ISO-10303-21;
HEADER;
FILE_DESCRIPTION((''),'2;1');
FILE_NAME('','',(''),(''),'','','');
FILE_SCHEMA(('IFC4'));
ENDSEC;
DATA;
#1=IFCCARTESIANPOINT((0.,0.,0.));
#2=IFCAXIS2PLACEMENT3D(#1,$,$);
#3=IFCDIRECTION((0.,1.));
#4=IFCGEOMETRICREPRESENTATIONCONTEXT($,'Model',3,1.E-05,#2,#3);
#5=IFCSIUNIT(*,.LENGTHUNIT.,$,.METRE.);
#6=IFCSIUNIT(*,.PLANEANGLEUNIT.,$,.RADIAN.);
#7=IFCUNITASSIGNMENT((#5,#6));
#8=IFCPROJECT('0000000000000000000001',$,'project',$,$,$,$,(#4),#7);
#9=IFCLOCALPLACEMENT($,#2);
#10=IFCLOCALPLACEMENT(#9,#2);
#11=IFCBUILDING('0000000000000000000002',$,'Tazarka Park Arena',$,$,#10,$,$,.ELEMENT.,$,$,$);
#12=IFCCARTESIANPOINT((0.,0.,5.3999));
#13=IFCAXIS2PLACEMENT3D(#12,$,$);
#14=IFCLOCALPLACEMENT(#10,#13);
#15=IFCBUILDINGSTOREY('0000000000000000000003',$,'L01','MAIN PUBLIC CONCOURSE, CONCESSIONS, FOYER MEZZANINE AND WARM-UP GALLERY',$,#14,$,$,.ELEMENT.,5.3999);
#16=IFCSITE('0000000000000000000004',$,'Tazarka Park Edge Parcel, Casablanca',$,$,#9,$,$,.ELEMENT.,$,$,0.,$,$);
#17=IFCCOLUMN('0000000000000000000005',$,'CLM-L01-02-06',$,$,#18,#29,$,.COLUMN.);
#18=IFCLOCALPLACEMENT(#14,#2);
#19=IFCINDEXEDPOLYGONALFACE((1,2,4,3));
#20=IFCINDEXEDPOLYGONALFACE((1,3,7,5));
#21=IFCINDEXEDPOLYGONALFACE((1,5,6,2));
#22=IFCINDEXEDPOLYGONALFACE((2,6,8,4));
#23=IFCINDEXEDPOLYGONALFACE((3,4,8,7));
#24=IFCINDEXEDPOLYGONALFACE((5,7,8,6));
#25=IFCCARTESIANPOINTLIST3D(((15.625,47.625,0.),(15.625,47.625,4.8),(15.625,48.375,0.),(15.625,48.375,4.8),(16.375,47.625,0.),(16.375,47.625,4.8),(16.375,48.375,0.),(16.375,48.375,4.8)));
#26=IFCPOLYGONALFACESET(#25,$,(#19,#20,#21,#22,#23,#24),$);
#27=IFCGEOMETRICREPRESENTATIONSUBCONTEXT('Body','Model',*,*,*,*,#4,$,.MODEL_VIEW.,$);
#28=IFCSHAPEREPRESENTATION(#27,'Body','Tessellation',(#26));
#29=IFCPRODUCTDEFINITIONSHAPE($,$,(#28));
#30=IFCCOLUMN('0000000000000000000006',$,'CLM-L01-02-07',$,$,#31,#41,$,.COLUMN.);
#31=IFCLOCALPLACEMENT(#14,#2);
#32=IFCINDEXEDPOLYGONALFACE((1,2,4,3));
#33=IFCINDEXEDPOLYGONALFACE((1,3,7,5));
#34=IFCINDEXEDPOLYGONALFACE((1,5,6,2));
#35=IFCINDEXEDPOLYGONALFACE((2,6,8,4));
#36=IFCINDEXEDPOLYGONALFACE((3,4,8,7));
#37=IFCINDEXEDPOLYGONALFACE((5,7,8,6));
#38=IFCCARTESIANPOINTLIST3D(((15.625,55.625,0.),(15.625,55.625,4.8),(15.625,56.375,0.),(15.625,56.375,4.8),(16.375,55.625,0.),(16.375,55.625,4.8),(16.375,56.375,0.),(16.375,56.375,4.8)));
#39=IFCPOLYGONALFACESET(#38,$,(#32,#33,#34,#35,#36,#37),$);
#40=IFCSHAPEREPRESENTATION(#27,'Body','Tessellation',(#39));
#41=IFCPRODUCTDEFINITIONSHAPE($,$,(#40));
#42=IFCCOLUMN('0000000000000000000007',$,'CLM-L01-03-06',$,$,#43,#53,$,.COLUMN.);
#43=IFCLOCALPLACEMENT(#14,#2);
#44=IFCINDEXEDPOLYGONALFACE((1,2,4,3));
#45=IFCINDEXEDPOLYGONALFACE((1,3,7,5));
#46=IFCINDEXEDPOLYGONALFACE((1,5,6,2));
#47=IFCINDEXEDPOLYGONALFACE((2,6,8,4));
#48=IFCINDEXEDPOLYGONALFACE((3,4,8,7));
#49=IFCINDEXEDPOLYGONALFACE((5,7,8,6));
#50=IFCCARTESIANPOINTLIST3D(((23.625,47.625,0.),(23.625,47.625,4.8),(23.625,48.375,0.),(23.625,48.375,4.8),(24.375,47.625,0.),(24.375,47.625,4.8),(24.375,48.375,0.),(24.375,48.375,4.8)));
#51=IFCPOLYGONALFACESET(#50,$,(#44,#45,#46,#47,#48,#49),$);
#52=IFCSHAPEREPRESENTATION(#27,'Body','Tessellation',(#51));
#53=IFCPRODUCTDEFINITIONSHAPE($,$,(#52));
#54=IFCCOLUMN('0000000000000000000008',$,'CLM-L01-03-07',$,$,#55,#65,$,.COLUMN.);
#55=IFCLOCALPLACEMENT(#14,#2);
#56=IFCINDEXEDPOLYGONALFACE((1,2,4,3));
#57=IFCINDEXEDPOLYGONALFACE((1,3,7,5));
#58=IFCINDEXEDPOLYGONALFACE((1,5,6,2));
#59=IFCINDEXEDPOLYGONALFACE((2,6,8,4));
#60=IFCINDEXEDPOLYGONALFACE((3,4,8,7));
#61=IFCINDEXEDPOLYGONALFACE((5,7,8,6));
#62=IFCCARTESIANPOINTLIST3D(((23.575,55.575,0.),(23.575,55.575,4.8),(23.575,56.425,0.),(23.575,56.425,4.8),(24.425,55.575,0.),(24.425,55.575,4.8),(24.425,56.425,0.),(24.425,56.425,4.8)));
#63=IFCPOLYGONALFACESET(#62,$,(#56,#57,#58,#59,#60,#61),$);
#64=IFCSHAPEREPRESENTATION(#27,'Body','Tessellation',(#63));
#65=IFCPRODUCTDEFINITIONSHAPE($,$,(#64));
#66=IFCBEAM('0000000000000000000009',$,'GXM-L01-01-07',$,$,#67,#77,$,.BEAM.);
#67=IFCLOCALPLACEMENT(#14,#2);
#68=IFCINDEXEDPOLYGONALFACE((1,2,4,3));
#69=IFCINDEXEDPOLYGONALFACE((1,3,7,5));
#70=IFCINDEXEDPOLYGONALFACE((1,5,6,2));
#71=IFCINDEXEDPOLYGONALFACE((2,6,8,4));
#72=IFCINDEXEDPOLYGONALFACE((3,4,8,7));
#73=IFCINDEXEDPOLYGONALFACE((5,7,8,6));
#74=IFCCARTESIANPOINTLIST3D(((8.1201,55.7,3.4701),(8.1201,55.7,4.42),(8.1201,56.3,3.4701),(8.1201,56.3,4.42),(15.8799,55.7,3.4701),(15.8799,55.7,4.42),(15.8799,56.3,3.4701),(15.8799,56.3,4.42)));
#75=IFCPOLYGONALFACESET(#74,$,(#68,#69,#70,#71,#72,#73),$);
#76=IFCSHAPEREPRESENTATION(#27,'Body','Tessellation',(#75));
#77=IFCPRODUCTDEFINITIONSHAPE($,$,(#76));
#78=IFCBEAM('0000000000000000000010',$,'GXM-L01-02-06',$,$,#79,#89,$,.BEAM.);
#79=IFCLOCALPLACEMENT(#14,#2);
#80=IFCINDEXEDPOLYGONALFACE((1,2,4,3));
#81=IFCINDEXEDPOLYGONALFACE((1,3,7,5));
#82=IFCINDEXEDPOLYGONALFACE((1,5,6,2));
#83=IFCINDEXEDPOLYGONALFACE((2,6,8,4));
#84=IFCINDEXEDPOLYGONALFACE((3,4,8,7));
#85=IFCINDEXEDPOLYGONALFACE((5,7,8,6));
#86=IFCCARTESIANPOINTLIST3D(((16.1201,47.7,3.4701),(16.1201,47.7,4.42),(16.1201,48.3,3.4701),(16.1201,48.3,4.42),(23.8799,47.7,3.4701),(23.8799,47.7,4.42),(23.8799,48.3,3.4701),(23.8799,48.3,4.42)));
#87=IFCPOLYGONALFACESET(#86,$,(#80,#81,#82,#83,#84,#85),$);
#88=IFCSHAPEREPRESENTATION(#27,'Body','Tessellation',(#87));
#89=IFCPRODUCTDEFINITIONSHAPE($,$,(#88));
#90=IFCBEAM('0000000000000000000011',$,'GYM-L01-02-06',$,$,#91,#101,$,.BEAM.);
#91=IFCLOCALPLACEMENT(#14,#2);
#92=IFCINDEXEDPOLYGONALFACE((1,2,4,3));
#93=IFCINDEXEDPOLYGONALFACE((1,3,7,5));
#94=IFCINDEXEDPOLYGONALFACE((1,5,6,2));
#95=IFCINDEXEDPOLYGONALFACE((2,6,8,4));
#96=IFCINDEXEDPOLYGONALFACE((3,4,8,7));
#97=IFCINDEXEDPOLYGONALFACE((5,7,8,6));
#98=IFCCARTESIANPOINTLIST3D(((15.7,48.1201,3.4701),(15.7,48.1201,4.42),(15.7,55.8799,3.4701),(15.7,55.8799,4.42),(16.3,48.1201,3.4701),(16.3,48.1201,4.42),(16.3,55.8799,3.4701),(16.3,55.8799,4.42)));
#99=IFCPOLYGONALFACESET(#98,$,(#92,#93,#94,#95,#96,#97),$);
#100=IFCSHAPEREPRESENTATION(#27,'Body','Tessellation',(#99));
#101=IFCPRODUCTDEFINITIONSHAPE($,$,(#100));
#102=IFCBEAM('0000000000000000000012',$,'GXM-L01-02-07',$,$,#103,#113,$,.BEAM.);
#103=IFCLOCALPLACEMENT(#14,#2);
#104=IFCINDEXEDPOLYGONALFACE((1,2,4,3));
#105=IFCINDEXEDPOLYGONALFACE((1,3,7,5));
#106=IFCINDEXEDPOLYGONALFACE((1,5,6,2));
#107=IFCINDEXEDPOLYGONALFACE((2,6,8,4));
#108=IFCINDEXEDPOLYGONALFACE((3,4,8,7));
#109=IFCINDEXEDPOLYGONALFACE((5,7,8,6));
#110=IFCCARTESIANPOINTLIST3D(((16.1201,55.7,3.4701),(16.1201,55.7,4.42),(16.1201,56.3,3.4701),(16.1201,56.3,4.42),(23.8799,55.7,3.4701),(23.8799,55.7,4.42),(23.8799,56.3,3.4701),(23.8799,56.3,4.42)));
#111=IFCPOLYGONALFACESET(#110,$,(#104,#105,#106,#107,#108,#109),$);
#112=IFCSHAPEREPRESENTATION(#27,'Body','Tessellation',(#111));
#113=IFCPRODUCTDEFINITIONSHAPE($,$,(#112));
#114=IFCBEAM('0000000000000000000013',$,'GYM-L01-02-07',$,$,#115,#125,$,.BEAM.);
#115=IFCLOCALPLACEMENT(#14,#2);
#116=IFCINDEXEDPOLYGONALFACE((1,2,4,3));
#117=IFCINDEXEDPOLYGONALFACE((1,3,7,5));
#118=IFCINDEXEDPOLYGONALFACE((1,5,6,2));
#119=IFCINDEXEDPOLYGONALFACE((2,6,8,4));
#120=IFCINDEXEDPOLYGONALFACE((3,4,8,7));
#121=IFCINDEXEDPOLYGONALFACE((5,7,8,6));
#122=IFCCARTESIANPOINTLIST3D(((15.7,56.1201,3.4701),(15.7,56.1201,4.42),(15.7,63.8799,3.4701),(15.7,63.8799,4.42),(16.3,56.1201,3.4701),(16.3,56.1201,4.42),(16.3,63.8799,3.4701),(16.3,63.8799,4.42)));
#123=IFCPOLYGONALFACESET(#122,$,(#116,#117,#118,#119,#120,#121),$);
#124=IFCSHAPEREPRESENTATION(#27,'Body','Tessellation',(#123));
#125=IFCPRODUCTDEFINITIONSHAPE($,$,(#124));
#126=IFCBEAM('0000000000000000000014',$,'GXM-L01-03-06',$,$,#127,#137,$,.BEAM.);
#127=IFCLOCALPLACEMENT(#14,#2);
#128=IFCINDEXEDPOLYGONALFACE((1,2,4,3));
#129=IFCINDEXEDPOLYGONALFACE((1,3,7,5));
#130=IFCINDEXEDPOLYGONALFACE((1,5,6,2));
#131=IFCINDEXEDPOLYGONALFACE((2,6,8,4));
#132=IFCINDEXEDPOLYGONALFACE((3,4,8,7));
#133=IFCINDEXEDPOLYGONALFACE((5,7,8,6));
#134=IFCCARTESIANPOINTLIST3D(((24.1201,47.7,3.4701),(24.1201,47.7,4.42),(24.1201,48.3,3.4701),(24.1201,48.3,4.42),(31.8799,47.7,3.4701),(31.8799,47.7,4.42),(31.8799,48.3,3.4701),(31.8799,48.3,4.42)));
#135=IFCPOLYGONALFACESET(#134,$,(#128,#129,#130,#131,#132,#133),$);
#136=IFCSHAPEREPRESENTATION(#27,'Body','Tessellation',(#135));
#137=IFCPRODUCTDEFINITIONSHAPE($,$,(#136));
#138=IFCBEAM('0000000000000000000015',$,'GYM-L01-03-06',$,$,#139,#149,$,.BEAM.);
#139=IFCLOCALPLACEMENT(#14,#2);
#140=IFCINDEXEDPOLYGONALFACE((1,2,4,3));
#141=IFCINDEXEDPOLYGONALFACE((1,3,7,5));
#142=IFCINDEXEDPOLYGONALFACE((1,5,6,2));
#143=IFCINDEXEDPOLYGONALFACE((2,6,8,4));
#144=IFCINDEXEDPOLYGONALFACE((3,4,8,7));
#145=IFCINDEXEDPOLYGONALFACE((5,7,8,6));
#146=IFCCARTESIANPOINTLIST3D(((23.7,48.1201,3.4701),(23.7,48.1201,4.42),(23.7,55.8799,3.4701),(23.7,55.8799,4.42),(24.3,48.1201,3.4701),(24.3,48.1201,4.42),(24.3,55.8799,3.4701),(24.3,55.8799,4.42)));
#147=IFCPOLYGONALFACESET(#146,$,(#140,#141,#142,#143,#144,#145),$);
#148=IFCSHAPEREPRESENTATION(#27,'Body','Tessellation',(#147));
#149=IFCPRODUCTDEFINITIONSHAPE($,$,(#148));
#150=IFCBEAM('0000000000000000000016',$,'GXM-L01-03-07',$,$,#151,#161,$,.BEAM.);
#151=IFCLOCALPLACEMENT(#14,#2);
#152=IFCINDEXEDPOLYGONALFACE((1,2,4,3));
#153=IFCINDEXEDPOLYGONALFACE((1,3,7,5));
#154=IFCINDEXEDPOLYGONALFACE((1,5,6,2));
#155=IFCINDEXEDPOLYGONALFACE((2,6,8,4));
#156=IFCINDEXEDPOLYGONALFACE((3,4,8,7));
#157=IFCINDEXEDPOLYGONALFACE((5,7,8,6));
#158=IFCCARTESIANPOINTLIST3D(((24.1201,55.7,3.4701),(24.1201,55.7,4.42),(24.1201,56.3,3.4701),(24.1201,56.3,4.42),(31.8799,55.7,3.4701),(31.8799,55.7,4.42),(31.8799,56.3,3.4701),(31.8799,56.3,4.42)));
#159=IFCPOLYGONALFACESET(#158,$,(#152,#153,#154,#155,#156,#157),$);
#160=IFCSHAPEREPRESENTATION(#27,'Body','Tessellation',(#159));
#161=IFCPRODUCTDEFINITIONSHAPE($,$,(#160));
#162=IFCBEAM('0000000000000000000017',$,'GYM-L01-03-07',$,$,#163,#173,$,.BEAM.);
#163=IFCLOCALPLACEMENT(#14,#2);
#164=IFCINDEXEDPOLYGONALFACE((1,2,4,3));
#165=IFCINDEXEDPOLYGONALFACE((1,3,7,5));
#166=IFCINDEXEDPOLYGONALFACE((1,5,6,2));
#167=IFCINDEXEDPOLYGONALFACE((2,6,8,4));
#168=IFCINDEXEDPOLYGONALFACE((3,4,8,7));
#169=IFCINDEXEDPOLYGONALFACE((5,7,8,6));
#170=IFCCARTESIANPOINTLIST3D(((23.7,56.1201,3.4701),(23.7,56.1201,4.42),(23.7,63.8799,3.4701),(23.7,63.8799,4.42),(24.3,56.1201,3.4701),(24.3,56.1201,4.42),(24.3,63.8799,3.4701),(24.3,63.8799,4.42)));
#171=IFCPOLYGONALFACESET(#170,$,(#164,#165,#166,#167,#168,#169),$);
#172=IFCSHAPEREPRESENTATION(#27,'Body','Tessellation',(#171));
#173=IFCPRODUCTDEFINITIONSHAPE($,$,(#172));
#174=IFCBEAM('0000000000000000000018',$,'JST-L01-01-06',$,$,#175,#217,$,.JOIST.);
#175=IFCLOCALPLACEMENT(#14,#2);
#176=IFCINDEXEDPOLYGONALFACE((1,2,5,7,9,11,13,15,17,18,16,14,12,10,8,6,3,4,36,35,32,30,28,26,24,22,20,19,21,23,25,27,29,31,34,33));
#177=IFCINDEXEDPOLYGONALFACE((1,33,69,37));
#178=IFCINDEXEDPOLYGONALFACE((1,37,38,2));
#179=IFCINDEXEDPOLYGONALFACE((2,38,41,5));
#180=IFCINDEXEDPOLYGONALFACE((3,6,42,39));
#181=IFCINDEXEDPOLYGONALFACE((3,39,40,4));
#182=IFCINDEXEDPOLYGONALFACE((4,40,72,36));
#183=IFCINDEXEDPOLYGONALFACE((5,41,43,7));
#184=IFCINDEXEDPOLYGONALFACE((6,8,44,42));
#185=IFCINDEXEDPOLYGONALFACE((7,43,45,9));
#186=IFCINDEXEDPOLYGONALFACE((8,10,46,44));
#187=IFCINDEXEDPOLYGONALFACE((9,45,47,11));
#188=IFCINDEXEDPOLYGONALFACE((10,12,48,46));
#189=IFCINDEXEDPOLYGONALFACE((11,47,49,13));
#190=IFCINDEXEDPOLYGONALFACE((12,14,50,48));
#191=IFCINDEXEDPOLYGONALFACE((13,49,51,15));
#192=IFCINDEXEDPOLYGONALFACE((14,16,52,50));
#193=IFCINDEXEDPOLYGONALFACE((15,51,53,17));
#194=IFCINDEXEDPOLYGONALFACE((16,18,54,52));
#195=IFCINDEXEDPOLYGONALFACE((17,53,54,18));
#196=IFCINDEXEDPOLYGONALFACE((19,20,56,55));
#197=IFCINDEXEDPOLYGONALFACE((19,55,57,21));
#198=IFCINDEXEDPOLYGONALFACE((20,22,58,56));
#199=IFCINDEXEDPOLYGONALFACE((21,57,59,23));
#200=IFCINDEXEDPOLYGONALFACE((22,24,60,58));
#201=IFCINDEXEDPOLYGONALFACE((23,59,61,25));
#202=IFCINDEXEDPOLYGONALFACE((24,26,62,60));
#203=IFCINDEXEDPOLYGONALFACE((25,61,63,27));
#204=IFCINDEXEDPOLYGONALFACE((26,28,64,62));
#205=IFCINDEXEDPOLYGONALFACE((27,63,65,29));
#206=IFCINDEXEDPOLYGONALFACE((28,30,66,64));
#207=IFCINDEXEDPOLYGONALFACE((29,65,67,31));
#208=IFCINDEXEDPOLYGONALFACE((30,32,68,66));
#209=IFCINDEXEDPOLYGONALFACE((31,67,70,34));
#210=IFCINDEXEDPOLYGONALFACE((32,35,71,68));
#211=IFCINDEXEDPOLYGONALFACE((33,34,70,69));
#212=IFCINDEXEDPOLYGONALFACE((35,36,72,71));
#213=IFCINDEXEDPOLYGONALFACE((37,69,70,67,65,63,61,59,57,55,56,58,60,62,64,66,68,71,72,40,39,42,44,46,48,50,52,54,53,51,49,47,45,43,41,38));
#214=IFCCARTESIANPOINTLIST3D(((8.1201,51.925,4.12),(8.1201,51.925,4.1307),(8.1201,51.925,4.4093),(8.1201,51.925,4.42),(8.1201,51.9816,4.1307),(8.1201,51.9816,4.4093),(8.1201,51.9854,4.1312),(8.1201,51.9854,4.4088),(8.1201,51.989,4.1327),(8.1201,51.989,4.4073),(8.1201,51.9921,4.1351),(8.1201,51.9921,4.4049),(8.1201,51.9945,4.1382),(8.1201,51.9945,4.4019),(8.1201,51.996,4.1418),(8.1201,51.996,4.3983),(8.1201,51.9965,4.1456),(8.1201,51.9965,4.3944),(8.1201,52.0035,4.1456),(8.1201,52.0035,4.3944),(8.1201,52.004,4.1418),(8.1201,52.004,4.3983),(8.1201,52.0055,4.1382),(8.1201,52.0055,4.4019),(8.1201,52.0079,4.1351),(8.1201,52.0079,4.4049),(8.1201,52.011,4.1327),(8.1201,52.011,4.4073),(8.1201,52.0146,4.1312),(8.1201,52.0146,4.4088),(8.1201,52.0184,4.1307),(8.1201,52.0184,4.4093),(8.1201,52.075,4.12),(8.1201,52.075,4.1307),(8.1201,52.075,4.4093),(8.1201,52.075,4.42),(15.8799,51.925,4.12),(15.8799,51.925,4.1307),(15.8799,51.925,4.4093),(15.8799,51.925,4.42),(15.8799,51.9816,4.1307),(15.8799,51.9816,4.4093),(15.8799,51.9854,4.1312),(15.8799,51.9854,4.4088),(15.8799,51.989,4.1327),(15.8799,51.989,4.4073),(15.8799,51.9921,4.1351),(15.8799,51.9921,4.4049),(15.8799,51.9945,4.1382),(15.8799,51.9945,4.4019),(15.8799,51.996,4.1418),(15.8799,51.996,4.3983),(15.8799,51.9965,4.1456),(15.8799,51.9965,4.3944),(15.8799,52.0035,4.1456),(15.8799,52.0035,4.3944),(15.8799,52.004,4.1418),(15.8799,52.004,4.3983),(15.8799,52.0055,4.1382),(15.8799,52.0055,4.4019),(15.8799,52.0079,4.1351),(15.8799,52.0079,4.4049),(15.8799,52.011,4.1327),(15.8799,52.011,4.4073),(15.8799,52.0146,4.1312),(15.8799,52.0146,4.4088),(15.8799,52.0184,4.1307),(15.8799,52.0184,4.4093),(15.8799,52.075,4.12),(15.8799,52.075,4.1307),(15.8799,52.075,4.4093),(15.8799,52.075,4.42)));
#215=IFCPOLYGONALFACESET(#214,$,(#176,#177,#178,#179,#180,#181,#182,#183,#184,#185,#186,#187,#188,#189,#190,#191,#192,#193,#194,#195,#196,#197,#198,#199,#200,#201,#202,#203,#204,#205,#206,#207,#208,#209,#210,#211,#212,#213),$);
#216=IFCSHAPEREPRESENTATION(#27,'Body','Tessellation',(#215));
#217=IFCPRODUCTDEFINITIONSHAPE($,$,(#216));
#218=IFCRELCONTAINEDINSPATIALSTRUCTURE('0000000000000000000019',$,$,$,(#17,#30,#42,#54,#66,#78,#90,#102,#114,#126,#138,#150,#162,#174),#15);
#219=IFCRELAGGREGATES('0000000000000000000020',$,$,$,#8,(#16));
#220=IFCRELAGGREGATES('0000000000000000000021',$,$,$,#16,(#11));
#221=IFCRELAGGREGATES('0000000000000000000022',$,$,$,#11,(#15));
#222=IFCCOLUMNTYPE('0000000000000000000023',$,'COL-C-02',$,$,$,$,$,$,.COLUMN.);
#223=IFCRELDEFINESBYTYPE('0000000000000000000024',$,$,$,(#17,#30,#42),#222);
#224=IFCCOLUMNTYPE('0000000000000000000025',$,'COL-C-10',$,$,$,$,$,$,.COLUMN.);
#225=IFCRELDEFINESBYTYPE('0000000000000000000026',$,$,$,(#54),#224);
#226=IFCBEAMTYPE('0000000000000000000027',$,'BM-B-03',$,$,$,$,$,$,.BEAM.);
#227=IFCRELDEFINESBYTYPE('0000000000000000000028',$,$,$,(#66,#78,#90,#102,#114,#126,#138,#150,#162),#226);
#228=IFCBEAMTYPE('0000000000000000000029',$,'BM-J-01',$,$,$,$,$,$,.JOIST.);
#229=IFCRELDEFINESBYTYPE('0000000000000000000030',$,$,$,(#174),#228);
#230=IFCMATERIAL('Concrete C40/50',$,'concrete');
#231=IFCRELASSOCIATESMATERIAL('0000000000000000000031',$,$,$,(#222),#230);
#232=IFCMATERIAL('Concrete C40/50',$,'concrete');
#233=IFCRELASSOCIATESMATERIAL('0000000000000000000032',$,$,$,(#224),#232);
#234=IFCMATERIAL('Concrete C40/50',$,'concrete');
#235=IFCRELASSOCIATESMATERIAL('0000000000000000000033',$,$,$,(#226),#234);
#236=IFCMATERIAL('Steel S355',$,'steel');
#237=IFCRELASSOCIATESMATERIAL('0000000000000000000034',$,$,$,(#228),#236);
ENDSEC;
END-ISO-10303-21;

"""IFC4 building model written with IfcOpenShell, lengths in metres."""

from ifc_helpers import new_model, si_unit, direction, frame, origin, origin_2d, place, context, subcontext, project, spatial, rectangle, i_section, extrude, material, material_profile, profile_set, type_object, element, save


model = new_model("IFC4")

# Units and contexts
model_context = context("Model", 3, precision=1e-05, world=origin(), true_north=direction((0.0, 1.0)))
body_context = subcontext(model_context, "Body", "Model", "MODEL_VIEW")
ifc_project = project(units=[si_unit("LENGTHUNIT", "METRE"), si_unit("PLANEANGLEUNIT", "RADIAN")], contexts=[model_context])

# Site, building, storey
site_placement = place(None, origin())
site = spatial("IfcSite", under=ifc_project, at=site_placement, Name="Tazarka Park Edge Parcel, Casablanca", CompositionType="ELEMENT", RefElevation=0.0)
building_placement = place(site_placement, origin())
building = spatial("IfcBuilding", under=site, at=building_placement, Name="Tazarka Park Arena", CompositionType="ELEMENT")
storey_placement = place(building_placement, frame((0.0, 0.0, 5.3999)))
storey = spatial("IfcBuildingStorey", under=building, at=storey_placement, Name="L01", Description="MAIN PUBLIC CONCOURSE, CONCESSIONS, FOYER MEZZANINE AND WARM-UP GALLERY", CompositionType="ELEMENT", Elevation=5.3999)

# Columns
ifc_material_1 = material(Name="Concrete C40/50", Category="concrete")
ifc_material_profile_1 = material_profile(ifc_material_1, rectangle(XDim=0.75, YDim=0.75, at=origin_2d()), Name="Concrete C40/50")
ifc_profile_set_1 = profile_set([ifc_material_profile_1], Name="Concrete C40/50")
column_type_1 = type_object("IfcColumnType", Name="COL-C-02", PredefinedType="COLUMN", material=ifc_profile_set_1)
for number, where, z_axis, x_axis, name in (
    (1, (16.0, 48.0, 0.0), (0.0, 0.0, 1.0), (1.0, 0.0, 0.0), "CLM-L01-02-06"),
    (2, (16.0, 56.0, 0.0), (0.0, 0.0, 1.0), (1.0, 0.0, 0.0), "CLM-L01-02-07"),
    (3, (24.0, 48.0, 0.0), (0.0, 0.0, 1.0), (1.0, 0.0, 0.0), "CLM-L01-03-06"),
):
    element("IfcColumn", number, at=place(storey_placement, frame(where, z_axis=z_axis, x_axis=x_axis)), inside=storey, type_object=column_type_1, Name=name, PredefinedType="COLUMN", context=body_context, shape_type="SweptSolid", body=[
        extrude(rectangle(XDim=0.75, YDim=0.75, at=origin_2d()), origin(), (0.0, 0.0, 1.0), 4.8),
    ])
ifc_material_2 = material(Name="Concrete C40/50", Category="concrete")
ifc_material_profile_2 = material_profile(ifc_material_2, rectangle(XDim=0.8501, YDim=0.8501, at=origin_2d()), Name="Concrete C40/50")
ifc_profile_set_2 = profile_set([ifc_material_profile_2], Name="Concrete C40/50")
column_type_2 = type_object("IfcColumnType", Name="COL-C-10", PredefinedType="COLUMN", material=ifc_profile_set_2)
column_placement = place(storey_placement, frame((24.0, 56.0, 0.0), z_axis=(0.0, 0.0, 1.0), x_axis=(1.0, 0.0, 0.0)))
element("IfcColumn", 4, at=column_placement, inside=storey, type_object=column_type_2, Name="CLM-L01-03-07", PredefinedType="COLUMN", context=body_context, shape_type="SweptSolid", body=[
    extrude(rectangle(XDim=0.8501, YDim=0.8501, at=origin_2d()), origin(), (0.0, 0.0, 1.0), 4.8),
])

# Beams
ifc_material_3 = material(Name="Concrete C40/50", Category="concrete")
ifc_material_profile_3 = material_profile(ifc_material_3, rectangle(XDim=0.6001, YDim=0.95, at=origin_2d()), Name="Concrete C40/50")
ifc_profile_set_3 = profile_set([ifc_material_profile_3], Name="Concrete C40/50")
beam_type_1 = type_object("IfcBeamType", Name="BM-B-03", PredefinedType="BEAM", material=ifc_profile_set_3)
for number, where, z_axis, x_axis, name in (
    (5, (8.1201, 56.0, 3.9451), (1.0, 0.0, 0.0), (0.0, 1.0, 0.0), "GXM-L01-01-07"),
    (6, (16.1201, 48.0, 3.9451), (1.0, 0.0, 0.0), (0.0, 1.0, 0.0), "GXM-L01-02-06"),
    (7, (16.0, 48.1201, 3.9451), (0.0, 1.0, 0.0), (-1.0, 0.0, 0.0), "GYM-L01-02-06"),
    (8, (16.1201, 56.0, 3.9451), (1.0, 0.0, 0.0), (0.0, 1.0, 0.0), "GXM-L01-02-07"),
    (9, (16.0, 56.1201, 3.9451), (0.0, 1.0, 0.0), (-1.0, 0.0, 0.0), "GYM-L01-02-07"),
    (10, (24.1201, 48.0, 3.9451), (1.0, 0.0, 0.0), (0.0, 1.0, 0.0), "GXM-L01-03-06"),
    (11, (24.0, 48.1201, 3.9451), (0.0, 1.0, 0.0), (-1.0, 0.0, 0.0), "GYM-L01-03-06"),
    (12, (24.1201, 56.0, 3.9451), (1.0, 0.0, 0.0), (0.0, 1.0, 0.0), "GXM-L01-03-07"),
    (13, (24.0, 56.1201, 3.9451), (0.0, 1.0, 0.0), (-1.0, 0.0, 0.0), "GYM-L01-03-07"),
):
    element("IfcBeam", number, at=place(storey_placement, frame(where, z_axis=z_axis, x_axis=x_axis)), inside=storey, type_object=beam_type_1, Name=name, PredefinedType="BEAM", context=body_context, shape_type="SweptSolid", body=[
        extrude(rectangle(XDim=0.6001, YDim=0.95, at=origin_2d()), origin(), (0.0, 0.0, 1.0), 7.7598),
    ])
ifc_material_4 = material(Name="Steel S355", Category="steel")
ifc_material_profile_4 = material_profile(ifc_material_4, i_section(OverallWidth=0.1499, OverallDepth=0.3, WebThickness=0.0071, FlangeThickness=0.0107, FilletRadius=0.0149, at=origin_2d()), Name="Steel S355")
ifc_profile_set_4 = profile_set([ifc_material_profile_4], Name="Steel S355")
beam_type_2 = type_object("IfcBeamType", Name="BM-J-01", PredefinedType="JOIST", material=ifc_profile_set_4)
for number, where, z_axis, x_axis, name in (
    (14, (8.1201, 52.0, 4.27), (1.0, 0.0, 0.0), (0.0, 1.0, 0.0), "JST-L01-01-06"),
):
    element("IfcBeam", number, at=place(storey_placement, frame(where, z_axis=z_axis, x_axis=x_axis)), inside=storey, type_object=beam_type_2, Name=name, PredefinedType="JOIST", context=body_context, shape_type="SweptSolid", body=[
        extrude(i_section(OverallWidth=0.1499, OverallDepth=0.3, WebThickness=0.0071, FlangeThickness=0.0107, FilletRadius=0.0149, at=origin_2d()), origin(), (0.0, 0.0, 1.0), 7.7598),
    ])

save(model, "model.ifc")
